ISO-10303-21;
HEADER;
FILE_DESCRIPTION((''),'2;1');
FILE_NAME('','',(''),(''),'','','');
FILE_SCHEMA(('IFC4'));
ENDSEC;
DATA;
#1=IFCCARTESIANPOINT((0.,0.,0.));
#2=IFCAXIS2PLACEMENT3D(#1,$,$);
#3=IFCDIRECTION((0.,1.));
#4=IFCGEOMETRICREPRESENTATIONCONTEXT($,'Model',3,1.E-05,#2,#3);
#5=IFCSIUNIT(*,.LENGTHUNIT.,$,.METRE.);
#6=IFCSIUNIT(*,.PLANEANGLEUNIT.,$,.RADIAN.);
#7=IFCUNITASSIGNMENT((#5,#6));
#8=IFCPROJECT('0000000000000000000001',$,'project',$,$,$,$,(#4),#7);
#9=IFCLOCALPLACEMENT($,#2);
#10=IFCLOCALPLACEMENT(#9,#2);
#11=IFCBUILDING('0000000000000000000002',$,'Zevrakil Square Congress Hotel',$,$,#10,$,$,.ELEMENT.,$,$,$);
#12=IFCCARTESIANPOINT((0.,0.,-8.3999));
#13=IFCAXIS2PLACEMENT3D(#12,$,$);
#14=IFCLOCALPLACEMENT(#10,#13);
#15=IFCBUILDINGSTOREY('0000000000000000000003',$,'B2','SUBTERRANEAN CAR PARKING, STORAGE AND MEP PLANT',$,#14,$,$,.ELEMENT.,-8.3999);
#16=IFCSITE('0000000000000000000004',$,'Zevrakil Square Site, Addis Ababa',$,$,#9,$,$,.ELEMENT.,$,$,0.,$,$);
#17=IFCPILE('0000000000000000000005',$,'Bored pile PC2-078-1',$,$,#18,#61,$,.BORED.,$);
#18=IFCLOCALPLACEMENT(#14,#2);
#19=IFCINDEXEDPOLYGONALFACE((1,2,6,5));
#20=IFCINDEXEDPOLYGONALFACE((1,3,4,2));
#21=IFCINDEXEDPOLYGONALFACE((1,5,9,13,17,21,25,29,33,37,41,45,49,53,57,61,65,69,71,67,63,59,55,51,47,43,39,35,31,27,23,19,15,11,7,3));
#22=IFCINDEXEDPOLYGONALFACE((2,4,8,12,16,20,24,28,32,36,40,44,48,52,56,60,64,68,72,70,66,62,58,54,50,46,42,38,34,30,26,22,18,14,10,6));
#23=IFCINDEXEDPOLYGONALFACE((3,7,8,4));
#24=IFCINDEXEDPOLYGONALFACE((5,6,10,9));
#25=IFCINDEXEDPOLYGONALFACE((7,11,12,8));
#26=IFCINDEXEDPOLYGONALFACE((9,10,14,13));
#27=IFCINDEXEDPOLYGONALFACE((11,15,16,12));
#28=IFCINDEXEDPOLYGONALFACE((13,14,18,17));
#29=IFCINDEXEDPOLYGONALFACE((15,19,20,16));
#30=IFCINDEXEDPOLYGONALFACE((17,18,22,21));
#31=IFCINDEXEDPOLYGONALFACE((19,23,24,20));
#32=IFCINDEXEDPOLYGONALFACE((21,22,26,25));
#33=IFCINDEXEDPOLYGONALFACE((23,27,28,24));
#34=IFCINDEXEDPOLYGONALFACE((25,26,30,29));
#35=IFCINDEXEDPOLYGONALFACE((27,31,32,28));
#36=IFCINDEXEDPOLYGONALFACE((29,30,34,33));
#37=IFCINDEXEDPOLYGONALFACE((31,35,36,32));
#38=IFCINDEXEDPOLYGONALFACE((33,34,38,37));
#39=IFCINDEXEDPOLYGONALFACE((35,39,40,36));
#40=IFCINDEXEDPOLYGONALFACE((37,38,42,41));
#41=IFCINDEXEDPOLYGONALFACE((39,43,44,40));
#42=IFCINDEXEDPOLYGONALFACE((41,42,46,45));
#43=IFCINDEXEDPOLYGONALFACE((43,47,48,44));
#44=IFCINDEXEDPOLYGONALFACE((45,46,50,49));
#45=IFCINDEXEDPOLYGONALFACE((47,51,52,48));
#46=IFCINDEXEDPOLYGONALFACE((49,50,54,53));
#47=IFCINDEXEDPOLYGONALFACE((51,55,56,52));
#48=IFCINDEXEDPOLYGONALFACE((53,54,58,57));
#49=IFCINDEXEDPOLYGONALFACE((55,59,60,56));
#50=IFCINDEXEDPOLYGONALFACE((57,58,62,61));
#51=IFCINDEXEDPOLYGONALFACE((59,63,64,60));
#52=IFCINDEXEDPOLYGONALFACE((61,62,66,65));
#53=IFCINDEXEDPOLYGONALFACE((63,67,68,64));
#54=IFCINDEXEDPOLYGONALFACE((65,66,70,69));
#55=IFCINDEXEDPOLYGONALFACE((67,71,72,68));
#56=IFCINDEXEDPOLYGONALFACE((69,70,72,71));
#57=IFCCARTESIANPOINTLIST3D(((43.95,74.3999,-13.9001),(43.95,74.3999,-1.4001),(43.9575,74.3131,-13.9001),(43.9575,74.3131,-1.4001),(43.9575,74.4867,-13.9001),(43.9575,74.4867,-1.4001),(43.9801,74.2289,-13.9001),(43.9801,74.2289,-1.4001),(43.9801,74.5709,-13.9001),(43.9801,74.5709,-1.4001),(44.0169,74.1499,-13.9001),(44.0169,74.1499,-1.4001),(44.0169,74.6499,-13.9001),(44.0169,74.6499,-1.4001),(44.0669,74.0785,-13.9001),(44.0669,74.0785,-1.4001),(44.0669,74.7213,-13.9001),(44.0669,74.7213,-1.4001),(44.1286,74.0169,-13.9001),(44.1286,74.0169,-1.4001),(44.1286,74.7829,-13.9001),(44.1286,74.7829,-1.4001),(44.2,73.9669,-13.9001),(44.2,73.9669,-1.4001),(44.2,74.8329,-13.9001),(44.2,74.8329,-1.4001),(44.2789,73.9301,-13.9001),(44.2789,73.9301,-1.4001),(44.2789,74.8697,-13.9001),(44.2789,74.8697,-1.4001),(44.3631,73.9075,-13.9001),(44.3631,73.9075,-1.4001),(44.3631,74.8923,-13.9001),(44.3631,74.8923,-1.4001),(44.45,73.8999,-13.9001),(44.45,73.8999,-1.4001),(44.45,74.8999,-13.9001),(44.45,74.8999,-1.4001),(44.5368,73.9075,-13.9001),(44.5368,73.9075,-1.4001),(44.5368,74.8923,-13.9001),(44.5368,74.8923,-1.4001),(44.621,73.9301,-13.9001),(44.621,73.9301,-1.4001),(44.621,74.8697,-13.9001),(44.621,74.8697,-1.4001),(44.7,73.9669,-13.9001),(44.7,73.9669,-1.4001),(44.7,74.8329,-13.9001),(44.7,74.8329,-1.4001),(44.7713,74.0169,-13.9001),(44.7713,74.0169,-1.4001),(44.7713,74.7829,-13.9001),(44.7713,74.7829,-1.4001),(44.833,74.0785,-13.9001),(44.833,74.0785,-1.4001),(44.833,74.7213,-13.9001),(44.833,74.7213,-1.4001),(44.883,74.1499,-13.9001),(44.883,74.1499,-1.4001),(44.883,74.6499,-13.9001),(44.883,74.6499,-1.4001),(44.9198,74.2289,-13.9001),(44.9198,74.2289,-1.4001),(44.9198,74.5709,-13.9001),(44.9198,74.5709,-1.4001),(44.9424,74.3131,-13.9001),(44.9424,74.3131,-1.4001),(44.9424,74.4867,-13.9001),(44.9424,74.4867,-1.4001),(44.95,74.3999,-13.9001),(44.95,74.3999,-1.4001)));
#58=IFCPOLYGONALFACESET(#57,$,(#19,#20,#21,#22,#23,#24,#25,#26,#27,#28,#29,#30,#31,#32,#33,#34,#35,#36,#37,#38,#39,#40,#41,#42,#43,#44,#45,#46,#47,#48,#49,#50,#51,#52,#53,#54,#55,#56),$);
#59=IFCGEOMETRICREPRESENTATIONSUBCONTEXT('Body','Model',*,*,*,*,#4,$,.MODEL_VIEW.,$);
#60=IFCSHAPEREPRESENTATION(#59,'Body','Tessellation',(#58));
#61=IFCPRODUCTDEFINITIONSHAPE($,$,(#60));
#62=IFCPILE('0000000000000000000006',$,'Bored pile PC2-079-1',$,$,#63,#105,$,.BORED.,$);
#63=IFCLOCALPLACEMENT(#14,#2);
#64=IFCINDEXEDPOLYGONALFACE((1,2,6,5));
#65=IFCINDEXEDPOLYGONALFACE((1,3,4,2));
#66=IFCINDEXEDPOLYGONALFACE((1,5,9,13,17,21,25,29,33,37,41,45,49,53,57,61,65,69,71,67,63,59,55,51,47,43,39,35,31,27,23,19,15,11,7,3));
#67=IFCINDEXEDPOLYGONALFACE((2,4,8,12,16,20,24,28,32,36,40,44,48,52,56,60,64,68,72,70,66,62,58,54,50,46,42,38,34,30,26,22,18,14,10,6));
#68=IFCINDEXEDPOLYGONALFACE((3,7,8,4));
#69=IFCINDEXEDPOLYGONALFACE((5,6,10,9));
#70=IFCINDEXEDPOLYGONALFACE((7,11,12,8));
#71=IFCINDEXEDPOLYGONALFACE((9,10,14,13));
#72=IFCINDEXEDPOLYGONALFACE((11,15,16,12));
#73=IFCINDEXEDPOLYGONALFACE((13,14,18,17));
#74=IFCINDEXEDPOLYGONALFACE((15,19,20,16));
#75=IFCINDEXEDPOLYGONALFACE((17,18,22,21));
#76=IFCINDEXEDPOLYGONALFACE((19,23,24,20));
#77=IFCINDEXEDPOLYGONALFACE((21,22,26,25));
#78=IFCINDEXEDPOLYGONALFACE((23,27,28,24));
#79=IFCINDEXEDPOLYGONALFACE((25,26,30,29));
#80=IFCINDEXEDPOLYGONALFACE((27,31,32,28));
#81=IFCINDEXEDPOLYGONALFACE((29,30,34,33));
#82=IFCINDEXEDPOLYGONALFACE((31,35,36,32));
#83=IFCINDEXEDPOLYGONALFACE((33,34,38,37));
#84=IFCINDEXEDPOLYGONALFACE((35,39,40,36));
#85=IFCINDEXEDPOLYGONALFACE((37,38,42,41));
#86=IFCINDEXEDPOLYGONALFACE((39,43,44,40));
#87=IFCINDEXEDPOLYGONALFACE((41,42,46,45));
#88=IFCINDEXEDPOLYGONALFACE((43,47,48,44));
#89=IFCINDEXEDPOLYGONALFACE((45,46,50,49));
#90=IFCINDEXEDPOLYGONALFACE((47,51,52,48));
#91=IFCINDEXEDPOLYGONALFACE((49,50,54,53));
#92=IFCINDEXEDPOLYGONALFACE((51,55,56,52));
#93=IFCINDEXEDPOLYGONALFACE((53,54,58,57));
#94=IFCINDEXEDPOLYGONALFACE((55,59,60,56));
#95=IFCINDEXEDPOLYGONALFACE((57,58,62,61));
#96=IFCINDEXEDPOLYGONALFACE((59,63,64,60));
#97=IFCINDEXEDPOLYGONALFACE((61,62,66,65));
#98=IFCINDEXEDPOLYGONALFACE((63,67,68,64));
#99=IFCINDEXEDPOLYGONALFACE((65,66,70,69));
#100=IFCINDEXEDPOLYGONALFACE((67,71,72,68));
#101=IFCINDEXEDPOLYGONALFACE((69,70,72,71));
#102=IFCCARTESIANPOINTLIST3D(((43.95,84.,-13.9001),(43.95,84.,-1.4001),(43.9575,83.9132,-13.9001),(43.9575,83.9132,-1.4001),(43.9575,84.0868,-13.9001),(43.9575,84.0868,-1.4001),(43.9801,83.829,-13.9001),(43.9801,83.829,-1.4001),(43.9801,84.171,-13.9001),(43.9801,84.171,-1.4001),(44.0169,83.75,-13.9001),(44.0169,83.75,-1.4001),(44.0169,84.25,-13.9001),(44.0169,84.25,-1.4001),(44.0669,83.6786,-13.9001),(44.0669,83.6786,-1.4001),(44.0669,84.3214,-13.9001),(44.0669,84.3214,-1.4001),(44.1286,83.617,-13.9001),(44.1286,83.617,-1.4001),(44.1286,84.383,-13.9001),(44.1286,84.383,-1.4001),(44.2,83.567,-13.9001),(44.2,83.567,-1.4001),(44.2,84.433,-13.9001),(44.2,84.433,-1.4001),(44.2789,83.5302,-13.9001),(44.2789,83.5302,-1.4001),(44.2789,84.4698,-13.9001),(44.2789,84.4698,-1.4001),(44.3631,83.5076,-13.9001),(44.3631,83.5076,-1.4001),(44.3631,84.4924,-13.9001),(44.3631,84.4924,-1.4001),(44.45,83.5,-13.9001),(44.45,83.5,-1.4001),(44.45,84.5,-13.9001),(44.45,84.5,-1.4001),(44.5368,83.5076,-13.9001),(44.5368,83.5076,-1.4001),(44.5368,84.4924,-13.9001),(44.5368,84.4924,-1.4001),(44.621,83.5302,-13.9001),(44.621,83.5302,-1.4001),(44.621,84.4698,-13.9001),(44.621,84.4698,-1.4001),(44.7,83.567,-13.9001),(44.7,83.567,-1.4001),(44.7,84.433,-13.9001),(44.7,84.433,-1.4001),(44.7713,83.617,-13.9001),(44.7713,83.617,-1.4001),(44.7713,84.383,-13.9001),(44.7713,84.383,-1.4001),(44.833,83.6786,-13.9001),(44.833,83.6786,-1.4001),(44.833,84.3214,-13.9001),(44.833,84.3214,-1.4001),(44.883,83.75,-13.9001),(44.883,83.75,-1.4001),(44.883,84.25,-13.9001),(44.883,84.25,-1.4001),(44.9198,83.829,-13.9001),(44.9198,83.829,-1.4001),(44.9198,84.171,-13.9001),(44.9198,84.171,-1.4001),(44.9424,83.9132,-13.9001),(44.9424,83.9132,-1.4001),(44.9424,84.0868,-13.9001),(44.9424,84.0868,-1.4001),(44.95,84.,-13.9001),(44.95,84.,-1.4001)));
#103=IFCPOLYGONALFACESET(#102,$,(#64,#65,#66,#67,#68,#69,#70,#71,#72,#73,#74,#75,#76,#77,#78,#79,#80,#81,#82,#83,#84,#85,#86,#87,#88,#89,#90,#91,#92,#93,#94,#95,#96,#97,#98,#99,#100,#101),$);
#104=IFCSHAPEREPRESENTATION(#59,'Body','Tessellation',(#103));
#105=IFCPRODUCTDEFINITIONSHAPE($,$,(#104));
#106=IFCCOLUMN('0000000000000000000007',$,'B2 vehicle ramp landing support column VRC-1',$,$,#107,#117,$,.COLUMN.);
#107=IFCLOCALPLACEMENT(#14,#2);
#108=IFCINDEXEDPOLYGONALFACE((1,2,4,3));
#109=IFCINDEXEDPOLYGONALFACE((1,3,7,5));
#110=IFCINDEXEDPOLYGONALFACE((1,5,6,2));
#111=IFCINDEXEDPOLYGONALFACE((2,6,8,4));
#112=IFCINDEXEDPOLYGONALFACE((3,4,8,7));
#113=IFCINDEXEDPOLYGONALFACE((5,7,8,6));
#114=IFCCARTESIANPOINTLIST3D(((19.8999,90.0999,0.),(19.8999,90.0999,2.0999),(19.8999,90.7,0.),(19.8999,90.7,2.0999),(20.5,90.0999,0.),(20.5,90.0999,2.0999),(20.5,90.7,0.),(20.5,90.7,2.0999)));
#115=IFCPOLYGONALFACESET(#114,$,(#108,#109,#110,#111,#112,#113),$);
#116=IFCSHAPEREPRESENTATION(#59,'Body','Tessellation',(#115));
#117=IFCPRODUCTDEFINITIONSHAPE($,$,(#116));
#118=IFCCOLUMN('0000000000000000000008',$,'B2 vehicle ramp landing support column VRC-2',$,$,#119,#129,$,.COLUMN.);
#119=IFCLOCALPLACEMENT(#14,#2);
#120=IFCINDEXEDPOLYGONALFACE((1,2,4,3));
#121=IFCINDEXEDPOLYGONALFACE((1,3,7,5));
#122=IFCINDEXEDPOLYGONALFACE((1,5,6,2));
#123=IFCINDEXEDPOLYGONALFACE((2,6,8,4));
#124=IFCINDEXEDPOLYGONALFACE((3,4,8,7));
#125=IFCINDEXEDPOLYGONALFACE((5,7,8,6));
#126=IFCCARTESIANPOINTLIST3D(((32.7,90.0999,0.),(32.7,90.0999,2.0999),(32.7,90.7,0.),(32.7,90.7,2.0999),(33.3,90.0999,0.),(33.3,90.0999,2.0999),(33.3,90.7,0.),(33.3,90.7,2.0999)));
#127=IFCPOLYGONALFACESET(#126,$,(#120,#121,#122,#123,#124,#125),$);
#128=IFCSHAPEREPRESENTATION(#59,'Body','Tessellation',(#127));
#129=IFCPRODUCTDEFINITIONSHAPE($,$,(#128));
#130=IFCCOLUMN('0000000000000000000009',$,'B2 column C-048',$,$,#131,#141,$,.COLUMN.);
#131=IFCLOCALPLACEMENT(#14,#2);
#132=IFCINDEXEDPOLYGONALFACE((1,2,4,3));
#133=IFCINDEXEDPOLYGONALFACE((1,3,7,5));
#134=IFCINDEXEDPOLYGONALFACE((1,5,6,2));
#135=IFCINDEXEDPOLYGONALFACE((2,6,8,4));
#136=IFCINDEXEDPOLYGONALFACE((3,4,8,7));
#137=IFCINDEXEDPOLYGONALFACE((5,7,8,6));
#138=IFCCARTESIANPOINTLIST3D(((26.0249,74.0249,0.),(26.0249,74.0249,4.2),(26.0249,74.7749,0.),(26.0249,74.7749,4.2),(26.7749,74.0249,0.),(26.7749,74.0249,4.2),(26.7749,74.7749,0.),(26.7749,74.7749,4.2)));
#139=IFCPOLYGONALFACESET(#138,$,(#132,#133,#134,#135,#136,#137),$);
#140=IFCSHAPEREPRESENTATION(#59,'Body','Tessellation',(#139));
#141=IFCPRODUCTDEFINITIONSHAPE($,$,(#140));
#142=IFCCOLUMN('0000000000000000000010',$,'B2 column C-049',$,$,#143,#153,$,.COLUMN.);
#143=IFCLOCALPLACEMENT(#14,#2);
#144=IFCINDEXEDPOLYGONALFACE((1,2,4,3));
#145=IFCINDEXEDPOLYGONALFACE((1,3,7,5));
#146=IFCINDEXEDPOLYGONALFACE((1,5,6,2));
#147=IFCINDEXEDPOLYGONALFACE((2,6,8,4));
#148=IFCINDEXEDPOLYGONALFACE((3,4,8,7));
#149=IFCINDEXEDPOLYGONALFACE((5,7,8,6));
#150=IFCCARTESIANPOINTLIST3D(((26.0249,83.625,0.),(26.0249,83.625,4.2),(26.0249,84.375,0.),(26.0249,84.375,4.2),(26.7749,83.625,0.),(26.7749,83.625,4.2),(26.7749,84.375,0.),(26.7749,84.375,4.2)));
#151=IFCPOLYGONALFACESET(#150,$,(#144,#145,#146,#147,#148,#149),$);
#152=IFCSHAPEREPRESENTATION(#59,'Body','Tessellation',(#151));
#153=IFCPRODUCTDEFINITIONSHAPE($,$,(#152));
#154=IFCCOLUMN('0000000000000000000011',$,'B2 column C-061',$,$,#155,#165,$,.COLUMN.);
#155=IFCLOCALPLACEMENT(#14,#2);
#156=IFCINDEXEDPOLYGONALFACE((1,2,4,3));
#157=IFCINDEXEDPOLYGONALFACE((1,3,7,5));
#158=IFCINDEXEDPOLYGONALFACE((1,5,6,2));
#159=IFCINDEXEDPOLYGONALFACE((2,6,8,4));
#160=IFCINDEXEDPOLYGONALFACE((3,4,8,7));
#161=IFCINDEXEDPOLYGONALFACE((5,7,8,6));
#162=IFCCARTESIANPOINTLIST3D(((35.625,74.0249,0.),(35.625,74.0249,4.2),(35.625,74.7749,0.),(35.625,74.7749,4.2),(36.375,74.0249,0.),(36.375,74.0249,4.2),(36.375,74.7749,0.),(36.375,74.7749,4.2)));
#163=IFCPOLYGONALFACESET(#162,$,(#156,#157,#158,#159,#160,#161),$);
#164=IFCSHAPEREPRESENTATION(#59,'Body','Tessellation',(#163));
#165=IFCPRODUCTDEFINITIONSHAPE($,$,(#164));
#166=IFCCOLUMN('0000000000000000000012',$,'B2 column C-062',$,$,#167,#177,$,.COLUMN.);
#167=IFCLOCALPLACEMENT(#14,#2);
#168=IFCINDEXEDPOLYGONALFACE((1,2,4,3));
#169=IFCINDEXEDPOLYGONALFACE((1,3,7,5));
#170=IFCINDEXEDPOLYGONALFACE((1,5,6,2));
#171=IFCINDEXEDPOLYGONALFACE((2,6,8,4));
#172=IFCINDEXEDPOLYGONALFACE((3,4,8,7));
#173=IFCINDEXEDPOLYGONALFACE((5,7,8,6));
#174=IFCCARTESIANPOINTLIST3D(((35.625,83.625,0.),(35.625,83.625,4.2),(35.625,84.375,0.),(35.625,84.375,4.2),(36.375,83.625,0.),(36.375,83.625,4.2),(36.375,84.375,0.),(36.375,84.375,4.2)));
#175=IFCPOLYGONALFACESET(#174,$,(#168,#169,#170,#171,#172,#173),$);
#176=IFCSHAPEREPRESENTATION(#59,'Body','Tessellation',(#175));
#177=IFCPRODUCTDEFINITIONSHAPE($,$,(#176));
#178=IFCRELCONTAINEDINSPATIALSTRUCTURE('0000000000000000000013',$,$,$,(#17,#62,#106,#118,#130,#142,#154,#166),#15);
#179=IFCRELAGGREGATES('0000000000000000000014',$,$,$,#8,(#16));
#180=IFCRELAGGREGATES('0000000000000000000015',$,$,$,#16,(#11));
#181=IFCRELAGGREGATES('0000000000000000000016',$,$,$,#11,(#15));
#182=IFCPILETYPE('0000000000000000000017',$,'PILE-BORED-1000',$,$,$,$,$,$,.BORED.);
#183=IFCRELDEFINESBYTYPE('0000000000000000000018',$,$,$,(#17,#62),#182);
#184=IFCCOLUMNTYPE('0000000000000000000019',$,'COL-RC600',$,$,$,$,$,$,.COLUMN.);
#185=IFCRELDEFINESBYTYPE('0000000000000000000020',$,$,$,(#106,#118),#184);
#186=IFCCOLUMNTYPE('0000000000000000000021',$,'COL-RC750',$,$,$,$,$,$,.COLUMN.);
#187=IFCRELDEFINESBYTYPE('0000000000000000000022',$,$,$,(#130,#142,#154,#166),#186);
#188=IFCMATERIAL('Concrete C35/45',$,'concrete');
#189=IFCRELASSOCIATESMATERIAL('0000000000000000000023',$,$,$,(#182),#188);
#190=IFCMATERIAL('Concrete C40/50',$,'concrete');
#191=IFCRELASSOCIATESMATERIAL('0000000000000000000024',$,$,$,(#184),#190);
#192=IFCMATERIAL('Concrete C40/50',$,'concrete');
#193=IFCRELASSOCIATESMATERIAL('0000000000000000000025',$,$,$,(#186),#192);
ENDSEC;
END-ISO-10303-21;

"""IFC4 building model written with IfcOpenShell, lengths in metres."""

from ifc_helpers import new_model, si_unit, direction, frame, origin, origin_2d, place, context, subcontext, project, spatial, rectangle, circle, extrude, material, material_profile, profile_set, type_object, element, save


model = new_model("IFC4")

# Units and contexts
model_context = context("Model", 3, precision=1e-05, world=origin(), true_north=direction((0.0, 1.0)))
body_context = subcontext(model_context, "Body", "Model", "MODEL_VIEW")
ifc_project = project(units=[si_unit("LENGTHUNIT", "METRE"), si_unit("PLANEANGLEUNIT", "RADIAN")], contexts=[model_context])

# Site, building, storey
site_placement = place(None, origin())
site = spatial("IfcSite", under=ifc_project, at=site_placement, Name="Zevrakil Square Site, Addis Ababa", CompositionType="ELEMENT", RefElevation=0.0)
building_placement = place(site_placement, origin())
building = spatial("IfcBuilding", under=site, at=building_placement, Name="Zevrakil Square Congress Hotel", CompositionType="ELEMENT")
storey_placement = place(building_placement, frame((0.0, 0.0, -8.3999)))
storey = spatial("IfcBuildingStorey", under=building, at=storey_placement, Name="B2", Description="SUBTERRANEAN CAR PARKING, STORAGE AND MEP PLANT", CompositionType="ELEMENT", Elevation=-8.3999)

# Piles
ifc_material_1 = material(Name="Concrete C35/45", Category="concrete")
ifc_material_profile_1 = material_profile(ifc_material_1, circle(Radius=0.5, at=origin_2d()), Name="PILE D1000")
ifc_profile_set_1 = profile_set([ifc_material_profile_1], Name="Concrete C35/45")
pile_type = type_object("IfcPileType", Name="PILE-BORED-1000", PredefinedType="BORED", material=ifc_profile_set_1)
for number, where, z_axis, x_axis, name in (
    (1, (44.45, 74.3999, -1.4001), (0.0, 0.0, -1.0), (1.0, 0.0, 0.0), "Bored pile PC2-078-1"),
    (2, (44.45, 84.0, -1.4001), (0.0, 0.0, -1.0), (1.0, 0.0, 0.0), "Bored pile PC2-079-1"),
):
    element("IfcPile", number, at=place(storey_placement, frame(where, z_axis=z_axis, x_axis=x_axis)), inside=storey, type_object=pile_type, Name=name, PredefinedType="BORED", context=body_context, shape_type="SweptSolid", body=[
        extrude(circle(Radius=0.5, at=origin_2d()), origin(), (0.0, 0.0, 1.0), 12.5),
    ])

# Columns
ifc_material_2 = material(Name="Concrete C40/50", Category="concrete")
ifc_material_profile_2 = material_profile(ifc_material_2, rectangle(XDim=0.6001, YDim=0.6001, at=origin_2d()), Name="RC 600x600")
ifc_profile_set_2 = profile_set([ifc_material_profile_2], Name="Concrete C40/50")
column_type_1 = type_object("IfcColumnType", Name="COL-RC600", PredefinedType="COLUMN", material=ifc_profile_set_2)
for number, where, z_axis, x_axis, name in (
    (3, (20.2, 90.3999, 0.0), (0.0, 0.0, 1.0), (1.0, 0.0, 0.0), "B2 vehicle ramp landing support column VRC-1"),
    (4, (33.0, 90.3999, 0.0), (0.0, 0.0, 1.0), (1.0, 0.0, 0.0), "B2 vehicle ramp landing support column VRC-2"),
):
    element("IfcColumn", number, at=place(storey_placement, frame(where, z_axis=z_axis, x_axis=x_axis)), inside=storey, type_object=column_type_1, Name=name, PredefinedType="COLUMN", context=body_context, shape_type="SweptSolid", body=[
        extrude(rectangle(XDim=0.6001, YDim=0.6001, at=origin_2d()), origin(), (0.0, 0.0, 1.0), 2.0999),
    ])
ifc_material_3 = material(Name="Concrete C40/50", Category="concrete")
ifc_material_profile_3 = material_profile(ifc_material_3, rectangle(XDim=0.75, YDim=0.75, at=origin_2d()), Name="RC 750x750")
ifc_profile_set_3 = profile_set([ifc_material_profile_3], Name="Concrete C40/50")
column_type_2 = type_object("IfcColumnType", Name="COL-RC750", PredefinedType="COLUMN", material=ifc_profile_set_3)
for number, where, z_axis, x_axis, name in (
    (5, (26.3999, 74.3999, 0.0), (0.0, 0.0, 1.0), (1.0, 0.0, 0.0), "B2 column C-048"),
    (6, (26.3999, 84.0, 0.0), (0.0, 0.0, 1.0), (1.0, 0.0, 0.0), "B2 column C-049"),
    (7, (36.0, 74.3999, 0.0), (0.0, 0.0, 1.0), (1.0, 0.0, 0.0), "B2 column C-061"),
    (8, (36.0, 84.0, 0.0), (0.0, 0.0, 1.0), (1.0, 0.0, 0.0), "B2 column C-062"),
):
    element("IfcColumn", number, at=place(storey_placement, frame(where, z_axis=z_axis, x_axis=x_axis)), inside=storey, type_object=column_type_2, Name=name, PredefinedType="COLUMN", context=body_context, shape_type="SweptSolid", body=[
        extrude(rectangle(XDim=0.75, YDim=0.75, at=origin_2d()), origin(), (0.0, 0.0, 1.0), 4.2),
    ])

save(model, "model.ifc")
